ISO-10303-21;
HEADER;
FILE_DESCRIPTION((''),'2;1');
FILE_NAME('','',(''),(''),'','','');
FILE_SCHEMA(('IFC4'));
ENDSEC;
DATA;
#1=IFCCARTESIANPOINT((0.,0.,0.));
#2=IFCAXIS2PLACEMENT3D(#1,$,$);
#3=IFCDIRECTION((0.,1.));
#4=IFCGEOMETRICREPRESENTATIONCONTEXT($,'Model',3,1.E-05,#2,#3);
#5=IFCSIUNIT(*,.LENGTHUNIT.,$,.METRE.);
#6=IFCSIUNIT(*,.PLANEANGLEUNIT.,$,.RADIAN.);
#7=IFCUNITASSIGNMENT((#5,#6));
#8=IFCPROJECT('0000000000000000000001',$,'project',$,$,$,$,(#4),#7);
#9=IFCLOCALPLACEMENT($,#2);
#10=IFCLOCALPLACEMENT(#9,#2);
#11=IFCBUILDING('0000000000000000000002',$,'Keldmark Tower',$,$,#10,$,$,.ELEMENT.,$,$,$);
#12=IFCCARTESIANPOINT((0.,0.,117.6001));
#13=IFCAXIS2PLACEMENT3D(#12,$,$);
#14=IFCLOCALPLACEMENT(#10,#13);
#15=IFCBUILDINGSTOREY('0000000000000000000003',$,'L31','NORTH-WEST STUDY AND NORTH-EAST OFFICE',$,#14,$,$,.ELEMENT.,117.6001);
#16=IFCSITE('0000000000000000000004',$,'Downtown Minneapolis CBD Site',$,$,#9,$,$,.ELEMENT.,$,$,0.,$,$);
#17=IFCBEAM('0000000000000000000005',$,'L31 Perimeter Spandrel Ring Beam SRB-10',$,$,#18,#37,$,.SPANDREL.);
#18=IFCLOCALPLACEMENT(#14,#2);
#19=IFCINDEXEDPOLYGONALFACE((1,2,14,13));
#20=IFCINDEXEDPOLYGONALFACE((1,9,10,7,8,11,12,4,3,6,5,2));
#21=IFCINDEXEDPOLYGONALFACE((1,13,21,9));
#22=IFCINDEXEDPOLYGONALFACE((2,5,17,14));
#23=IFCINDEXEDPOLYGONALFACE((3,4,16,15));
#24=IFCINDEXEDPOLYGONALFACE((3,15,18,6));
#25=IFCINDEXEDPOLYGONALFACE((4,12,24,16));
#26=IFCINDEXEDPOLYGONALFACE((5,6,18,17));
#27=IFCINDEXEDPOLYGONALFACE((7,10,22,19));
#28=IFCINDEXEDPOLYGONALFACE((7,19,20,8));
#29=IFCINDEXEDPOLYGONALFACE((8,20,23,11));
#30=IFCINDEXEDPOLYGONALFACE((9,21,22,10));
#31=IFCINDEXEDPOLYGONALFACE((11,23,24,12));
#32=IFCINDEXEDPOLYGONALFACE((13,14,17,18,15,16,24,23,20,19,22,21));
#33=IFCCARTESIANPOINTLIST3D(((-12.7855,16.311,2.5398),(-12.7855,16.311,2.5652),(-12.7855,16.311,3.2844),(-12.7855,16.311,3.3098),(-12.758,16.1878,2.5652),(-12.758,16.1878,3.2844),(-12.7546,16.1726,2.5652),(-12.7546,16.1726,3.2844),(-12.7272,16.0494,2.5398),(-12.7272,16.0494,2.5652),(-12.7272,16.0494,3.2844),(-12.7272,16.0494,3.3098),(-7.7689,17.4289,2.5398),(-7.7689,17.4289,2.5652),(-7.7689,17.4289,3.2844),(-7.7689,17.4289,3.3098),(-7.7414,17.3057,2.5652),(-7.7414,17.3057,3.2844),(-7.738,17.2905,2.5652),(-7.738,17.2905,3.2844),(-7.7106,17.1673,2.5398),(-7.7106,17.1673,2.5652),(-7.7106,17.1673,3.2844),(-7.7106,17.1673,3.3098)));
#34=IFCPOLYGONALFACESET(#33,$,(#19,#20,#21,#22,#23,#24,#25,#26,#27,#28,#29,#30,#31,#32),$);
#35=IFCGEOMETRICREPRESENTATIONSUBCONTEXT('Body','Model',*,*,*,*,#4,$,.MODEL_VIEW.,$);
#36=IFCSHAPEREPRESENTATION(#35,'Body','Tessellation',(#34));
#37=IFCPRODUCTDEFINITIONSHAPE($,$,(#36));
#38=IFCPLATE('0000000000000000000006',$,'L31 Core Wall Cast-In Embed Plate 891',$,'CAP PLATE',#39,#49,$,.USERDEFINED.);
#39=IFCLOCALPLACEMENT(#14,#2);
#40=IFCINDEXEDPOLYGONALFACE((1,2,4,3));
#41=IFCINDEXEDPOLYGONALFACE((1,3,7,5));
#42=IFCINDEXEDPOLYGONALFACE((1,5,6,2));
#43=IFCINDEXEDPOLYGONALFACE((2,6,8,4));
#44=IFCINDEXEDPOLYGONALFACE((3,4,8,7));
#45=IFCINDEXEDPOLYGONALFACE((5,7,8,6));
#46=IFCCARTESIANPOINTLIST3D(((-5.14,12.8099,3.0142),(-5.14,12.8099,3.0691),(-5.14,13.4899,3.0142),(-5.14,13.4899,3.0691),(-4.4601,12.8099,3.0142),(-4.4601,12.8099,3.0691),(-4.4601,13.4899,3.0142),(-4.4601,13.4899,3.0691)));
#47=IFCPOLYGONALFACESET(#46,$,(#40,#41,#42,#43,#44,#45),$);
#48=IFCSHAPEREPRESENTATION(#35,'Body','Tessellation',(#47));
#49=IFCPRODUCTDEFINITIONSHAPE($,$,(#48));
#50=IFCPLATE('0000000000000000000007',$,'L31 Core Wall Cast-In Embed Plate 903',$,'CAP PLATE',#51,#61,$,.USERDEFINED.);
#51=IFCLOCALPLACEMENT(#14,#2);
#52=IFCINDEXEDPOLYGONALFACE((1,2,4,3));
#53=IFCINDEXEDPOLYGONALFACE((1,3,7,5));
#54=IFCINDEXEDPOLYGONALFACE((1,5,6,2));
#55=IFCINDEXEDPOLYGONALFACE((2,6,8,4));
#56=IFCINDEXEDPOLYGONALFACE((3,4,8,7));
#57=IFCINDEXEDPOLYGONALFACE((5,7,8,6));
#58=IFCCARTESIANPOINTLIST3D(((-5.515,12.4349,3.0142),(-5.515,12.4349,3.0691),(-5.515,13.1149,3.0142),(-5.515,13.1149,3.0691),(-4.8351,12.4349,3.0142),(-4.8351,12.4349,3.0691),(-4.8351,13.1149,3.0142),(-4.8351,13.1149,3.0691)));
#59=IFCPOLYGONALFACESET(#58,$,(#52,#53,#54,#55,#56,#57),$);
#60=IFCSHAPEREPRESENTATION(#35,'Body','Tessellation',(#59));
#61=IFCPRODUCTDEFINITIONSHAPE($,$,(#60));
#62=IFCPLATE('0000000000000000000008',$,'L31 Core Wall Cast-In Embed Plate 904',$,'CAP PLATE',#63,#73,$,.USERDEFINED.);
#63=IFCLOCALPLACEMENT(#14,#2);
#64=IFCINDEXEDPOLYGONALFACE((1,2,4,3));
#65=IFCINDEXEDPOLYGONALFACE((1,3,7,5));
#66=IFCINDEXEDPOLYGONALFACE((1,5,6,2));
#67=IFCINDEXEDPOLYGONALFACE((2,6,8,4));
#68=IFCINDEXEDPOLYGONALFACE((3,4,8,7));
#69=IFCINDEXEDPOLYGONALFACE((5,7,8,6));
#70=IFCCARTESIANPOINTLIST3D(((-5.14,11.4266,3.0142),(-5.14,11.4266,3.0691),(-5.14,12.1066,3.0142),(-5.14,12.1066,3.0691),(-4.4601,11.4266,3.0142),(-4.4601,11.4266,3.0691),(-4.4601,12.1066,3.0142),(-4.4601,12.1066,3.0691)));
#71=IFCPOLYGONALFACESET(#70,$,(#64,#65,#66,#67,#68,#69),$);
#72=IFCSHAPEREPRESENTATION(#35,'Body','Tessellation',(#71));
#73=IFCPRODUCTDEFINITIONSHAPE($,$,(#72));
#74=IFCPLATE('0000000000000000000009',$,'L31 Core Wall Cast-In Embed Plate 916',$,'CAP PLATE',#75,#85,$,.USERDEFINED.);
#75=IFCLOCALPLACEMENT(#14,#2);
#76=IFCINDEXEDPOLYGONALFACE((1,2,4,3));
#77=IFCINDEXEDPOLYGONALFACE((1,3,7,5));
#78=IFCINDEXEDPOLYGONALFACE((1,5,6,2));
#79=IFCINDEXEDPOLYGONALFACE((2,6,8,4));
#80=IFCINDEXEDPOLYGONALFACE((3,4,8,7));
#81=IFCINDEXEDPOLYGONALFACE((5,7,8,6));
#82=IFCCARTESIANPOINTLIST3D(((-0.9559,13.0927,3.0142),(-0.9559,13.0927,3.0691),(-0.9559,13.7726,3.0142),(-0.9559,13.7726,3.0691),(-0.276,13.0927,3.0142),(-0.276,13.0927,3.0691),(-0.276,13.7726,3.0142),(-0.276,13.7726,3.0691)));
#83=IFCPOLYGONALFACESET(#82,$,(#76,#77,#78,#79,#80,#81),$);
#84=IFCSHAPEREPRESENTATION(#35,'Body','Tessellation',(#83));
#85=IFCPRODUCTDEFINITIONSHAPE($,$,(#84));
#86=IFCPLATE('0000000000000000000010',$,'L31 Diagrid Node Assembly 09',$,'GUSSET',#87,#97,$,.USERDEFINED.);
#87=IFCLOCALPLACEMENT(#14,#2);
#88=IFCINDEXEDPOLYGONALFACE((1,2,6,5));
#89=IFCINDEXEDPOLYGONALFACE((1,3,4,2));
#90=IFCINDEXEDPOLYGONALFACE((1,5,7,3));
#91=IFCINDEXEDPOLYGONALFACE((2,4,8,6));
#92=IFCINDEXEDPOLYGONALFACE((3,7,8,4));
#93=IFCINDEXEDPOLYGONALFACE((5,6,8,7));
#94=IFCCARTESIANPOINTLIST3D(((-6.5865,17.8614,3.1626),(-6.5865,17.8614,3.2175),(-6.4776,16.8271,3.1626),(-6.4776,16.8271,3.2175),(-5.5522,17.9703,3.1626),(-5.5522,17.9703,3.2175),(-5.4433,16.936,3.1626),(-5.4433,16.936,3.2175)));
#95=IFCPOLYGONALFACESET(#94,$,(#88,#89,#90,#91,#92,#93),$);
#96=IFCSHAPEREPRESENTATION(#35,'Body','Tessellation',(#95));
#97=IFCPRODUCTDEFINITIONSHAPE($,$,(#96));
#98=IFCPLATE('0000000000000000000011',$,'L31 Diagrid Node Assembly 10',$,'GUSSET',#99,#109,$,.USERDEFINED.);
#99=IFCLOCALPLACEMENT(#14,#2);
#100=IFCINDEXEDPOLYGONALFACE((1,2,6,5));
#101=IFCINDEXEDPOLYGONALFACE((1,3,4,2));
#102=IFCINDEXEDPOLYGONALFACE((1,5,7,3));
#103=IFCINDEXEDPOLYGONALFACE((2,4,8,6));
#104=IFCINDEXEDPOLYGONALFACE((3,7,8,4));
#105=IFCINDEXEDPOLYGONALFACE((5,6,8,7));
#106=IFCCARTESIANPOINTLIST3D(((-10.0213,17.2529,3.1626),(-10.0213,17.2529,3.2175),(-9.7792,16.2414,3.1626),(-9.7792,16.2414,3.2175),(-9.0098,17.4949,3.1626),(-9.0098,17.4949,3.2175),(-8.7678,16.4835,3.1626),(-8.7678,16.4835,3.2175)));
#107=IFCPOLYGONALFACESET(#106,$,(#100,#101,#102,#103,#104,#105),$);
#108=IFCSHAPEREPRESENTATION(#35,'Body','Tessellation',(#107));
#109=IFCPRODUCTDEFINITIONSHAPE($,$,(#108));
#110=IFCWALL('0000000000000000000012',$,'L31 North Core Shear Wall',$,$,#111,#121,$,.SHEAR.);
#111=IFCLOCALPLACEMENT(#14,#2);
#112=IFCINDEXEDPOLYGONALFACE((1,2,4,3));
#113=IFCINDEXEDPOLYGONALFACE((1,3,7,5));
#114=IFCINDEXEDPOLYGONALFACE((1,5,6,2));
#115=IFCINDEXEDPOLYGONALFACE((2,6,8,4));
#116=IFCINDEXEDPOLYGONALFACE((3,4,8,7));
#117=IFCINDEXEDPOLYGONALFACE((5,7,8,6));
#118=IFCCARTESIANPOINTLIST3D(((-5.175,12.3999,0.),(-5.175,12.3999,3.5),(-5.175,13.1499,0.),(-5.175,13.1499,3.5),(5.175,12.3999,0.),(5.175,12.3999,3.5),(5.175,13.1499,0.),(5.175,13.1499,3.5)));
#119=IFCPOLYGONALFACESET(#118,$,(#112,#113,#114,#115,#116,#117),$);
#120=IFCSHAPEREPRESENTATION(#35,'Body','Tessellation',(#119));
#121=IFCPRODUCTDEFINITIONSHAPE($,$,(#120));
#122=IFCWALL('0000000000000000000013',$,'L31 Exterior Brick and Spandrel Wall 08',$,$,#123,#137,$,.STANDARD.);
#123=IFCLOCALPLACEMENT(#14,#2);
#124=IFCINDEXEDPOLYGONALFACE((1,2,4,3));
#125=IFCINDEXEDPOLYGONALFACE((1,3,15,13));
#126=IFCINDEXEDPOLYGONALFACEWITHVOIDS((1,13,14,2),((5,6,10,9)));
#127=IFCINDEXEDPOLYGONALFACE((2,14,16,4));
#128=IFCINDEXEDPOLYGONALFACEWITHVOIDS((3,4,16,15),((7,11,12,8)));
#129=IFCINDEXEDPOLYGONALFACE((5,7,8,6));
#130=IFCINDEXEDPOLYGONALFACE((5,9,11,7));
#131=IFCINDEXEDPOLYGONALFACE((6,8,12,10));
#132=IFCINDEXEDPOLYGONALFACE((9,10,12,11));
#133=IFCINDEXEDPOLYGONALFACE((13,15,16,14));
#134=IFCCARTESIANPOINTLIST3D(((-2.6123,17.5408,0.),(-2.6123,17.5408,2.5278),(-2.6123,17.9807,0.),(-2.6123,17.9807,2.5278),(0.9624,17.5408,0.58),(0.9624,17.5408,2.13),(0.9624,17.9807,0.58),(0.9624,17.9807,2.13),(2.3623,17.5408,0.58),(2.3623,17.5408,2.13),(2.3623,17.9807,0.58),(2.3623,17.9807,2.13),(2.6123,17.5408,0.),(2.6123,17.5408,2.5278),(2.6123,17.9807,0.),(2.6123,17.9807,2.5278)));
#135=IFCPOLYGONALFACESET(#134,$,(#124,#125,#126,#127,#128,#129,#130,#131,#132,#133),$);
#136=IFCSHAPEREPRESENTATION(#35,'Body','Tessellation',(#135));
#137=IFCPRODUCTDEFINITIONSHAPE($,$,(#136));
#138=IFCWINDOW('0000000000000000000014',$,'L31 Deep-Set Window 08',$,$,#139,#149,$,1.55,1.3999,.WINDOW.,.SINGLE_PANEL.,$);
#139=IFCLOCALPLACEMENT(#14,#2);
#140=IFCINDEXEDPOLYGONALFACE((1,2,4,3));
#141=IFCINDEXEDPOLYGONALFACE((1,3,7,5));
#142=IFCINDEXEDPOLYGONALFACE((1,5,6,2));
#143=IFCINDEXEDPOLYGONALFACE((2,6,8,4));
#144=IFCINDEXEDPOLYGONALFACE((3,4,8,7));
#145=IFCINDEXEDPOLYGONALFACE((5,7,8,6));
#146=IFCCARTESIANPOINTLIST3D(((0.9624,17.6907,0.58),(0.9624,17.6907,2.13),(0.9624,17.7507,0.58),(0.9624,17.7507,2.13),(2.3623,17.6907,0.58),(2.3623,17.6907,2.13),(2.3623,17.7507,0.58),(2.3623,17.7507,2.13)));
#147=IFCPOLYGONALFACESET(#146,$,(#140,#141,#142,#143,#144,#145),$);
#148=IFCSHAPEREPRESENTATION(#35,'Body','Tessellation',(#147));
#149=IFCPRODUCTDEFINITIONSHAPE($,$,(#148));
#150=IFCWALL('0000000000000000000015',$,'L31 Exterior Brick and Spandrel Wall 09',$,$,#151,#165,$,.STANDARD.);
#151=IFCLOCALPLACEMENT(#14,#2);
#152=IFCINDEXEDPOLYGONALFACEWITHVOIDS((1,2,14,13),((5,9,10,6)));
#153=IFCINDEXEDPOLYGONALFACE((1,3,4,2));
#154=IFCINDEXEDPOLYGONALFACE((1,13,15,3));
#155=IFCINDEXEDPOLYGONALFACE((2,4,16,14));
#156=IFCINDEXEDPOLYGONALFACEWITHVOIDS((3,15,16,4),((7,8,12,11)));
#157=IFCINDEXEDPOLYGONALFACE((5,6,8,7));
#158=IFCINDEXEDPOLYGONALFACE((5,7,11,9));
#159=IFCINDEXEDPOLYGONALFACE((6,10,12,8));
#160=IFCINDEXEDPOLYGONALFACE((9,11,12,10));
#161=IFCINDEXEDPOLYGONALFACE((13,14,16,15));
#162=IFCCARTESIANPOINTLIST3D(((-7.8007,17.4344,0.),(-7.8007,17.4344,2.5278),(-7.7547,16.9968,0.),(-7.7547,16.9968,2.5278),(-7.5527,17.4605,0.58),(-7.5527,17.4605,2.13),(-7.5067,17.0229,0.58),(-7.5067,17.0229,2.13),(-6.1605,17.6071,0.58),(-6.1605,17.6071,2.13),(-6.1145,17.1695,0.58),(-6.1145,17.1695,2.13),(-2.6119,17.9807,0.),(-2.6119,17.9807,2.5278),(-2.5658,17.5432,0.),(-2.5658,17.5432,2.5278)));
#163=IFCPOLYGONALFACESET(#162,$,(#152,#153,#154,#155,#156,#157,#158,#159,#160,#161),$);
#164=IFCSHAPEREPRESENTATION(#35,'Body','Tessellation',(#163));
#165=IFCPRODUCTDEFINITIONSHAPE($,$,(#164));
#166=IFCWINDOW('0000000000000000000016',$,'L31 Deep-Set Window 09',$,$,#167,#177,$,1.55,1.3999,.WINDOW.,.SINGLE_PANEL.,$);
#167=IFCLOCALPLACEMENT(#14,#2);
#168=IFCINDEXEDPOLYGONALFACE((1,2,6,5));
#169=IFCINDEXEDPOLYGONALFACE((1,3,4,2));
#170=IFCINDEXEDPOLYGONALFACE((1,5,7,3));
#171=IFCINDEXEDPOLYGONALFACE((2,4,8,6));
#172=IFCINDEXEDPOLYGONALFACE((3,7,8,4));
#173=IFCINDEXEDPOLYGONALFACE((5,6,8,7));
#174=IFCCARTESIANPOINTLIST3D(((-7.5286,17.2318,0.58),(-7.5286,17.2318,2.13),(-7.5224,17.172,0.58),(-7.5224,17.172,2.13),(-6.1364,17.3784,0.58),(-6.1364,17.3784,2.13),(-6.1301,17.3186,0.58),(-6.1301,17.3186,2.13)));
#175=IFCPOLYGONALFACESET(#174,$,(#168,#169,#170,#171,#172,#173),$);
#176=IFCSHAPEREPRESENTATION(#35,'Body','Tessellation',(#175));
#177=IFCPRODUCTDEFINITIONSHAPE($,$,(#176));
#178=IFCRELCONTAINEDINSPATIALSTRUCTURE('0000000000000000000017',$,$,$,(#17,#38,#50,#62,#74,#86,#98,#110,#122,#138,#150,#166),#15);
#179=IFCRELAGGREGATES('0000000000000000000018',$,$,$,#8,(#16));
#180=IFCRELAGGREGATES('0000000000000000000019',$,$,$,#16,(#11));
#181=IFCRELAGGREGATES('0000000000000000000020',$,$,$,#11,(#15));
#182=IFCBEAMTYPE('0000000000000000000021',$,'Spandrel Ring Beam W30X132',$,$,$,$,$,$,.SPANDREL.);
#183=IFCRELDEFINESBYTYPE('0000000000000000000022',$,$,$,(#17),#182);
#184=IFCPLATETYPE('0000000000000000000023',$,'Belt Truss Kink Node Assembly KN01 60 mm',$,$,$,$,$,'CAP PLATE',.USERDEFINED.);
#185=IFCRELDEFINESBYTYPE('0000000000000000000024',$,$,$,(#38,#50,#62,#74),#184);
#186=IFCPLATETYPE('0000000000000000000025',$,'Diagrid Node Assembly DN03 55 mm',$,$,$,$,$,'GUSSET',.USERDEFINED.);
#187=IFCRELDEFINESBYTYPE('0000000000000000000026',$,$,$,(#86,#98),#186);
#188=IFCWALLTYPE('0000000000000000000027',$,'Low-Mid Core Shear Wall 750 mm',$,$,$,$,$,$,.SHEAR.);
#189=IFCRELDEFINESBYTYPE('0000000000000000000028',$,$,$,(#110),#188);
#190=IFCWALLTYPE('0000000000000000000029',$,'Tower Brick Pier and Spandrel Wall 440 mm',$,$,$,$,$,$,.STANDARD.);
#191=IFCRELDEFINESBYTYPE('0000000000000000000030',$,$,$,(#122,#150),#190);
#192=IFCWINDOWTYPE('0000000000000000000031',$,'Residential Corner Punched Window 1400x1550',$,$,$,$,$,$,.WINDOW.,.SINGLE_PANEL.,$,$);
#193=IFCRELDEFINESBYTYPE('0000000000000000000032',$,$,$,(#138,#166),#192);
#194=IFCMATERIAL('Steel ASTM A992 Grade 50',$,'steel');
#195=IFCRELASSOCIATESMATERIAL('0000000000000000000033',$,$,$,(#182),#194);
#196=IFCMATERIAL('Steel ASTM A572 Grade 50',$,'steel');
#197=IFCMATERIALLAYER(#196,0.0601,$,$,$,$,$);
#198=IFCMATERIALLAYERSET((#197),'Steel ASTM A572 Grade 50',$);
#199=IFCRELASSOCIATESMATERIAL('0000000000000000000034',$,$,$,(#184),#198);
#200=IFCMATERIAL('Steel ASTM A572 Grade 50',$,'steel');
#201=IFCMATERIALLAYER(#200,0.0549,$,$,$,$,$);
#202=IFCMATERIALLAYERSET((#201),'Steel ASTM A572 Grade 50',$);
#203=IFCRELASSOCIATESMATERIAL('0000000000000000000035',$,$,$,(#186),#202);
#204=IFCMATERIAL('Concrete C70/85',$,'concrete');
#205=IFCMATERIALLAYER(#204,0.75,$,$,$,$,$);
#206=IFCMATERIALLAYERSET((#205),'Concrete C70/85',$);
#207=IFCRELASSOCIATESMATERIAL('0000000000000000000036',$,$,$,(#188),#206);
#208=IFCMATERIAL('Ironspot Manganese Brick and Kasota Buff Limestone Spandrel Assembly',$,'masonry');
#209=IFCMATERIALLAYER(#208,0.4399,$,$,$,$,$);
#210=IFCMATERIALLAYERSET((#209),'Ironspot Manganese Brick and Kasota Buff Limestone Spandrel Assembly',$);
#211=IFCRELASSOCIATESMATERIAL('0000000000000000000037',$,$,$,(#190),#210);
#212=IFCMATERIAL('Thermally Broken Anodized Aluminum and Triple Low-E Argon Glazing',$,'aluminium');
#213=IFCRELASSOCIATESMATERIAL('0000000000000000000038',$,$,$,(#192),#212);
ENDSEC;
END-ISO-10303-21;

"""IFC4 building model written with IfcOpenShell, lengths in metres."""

from ifc_helpers import new_model, si_unit, direction, frame, frame_2d, origin, origin_2d, place, context, subcontext, project, spatial, rectangle, i_section, extrude, material, layer, layer_set, material_profile, profile_set, type_object, element, fill, save


model = new_model("IFC4")

# Units and contexts
model_context = context("Model", 3, precision=1e-05, world=origin(), true_north=direction((0.0, 1.0)))
body_context = subcontext(model_context, "Body", "Model", "MODEL_VIEW")
ifc_project = project(units=[si_unit("LENGTHUNIT", "METRE"), si_unit("PLANEANGLEUNIT", "RADIAN")], contexts=[model_context])

# Site, building, storey
site_placement = place(None, origin())
site = spatial("IfcSite", under=ifc_project, at=site_placement, Name="Downtown Minneapolis CBD Site", CompositionType="ELEMENT", RefElevation=0.0)
building_placement = place(site_placement, origin())
building = spatial("IfcBuilding", under=site, at=building_placement, Name="Keldmark Tower", CompositionType="ELEMENT")
storey_placement = place(building_placement, frame((0.0, 0.0, 117.6001)))
storey = spatial("IfcBuildingStorey", under=building, at=storey_placement, Name="L31", Description="NORTH-WEST STUDY AND NORTH-EAST OFFICE", CompositionType="ELEMENT", Elevation=117.6001)

# Beam
ifc_material_1 = material(Name="Steel ASTM A992 Grade 50", Category="steel")
ifc_material_profile_1 = material_profile(ifc_material_1, i_section(OverallWidth=0.2681, OverallDepth=0.77, WebThickness=0.0156, FlangeThickness=0.0254, at=origin_2d()), Name="W30X132")
ifc_profile_set_1 = profile_set([ifc_material_profile_1], Name="Steel ASTM A992 Grade 50")
beam_type_1 = type_object("IfcBeamType", Name="Spandrel Ring Beam W30X132", PredefinedType="SPANDREL", material=ifc_profile_set_1)
beam_1_placement = place(storey_placement, frame((-7.7397, 17.2981, 2.9248), z_axis=(-0.976058, -0.217509, 0.0), x_axis=(0.217509, -0.976058, 0.0)))
element("IfcBeam", 1, at=beam_1_placement, inside=storey, type_object=beam_type_1, Name="L31 Perimeter Spandrel Ring Beam SRB-10", PredefinedType="SPANDREL", context=body_context, shape_type="SweptSolid", body=[
    extrude(i_section(OverallWidth=0.2681, OverallDepth=0.77, WebThickness=0.0156, FlangeThickness=0.0254, at=origin_2d()), origin(), (0.0, 0.0, 1.0), 5.1396),
])

# Plates
ifc_material_2 = material(Name="Steel ASTM A572 Grade 50", Category="steel")
ifc_layer_1 = layer(ifc_material_2, 0.0601)
ifc_layer_set_1 = layer_set([ifc_layer_1], Name="Steel ASTM A572 Grade 50")
plate_type_1 = type_object("IfcPlateType", Name="Belt Truss Kink Node Assembly KN01 60 mm", ElementType="CAP PLATE", PredefinedType="USERDEFINED", material=ifc_layer_set_1)
for number, where, z_axis, x_axis, name in (
    (2, (-4.8, 13.1499, 3.0142), (0.0, 0.0, 1.0), (1.0, 0.0, 0.0), "L31 Core Wall Cast-In Embed Plate 891"),
    (3, (-5.175, 12.7749, 3.0142), (0.0, 0.0, 1.0), (1.0, 0.0, 0.0), "L31 Core Wall Cast-In Embed Plate 903"),
    (4, (-4.8, 11.7666, 3.0142), (0.0, 0.0, 1.0), (1.0, 0.0, 0.0), "L31 Core Wall Cast-In Embed Plate 904"),
    (5, (-0.616, 13.4326, 3.0142), (0.0, 0.0, 1.0), (1.0, 0.0, 0.0), "L31 Core Wall Cast-In Embed Plate 916"),
):
    element("IfcPlate", number, at=place(storey_placement, frame(where, z_axis=z_axis, x_axis=x_axis)), inside=storey, type_object=plate_type_1, Name=name, ObjectType="CAP PLATE", PredefinedType="USERDEFINED", context=body_context, shape_type="SweptSolid", body=[
        extrude(rectangle(XDim=0.6799, YDim=0.6799, at=origin_2d()), origin(), (0.0, 0.0, 1.0), 0.0549),
    ])
ifc_material_3 = material(Name="Steel ASTM A572 Grade 50", Category="steel")
ifc_layer_2 = layer(ifc_material_3, 0.0549)
ifc_layer_set_2 = layer_set([ifc_layer_2], Name="Steel ASTM A572 Grade 50")
plate_type_2 = type_object("IfcPlateType", Name="Diagrid Node Assembly DN03 55 mm", ElementType="GUSSET", PredefinedType="USERDEFINED", material=ifc_layer_set_2)
for number, where, z_axis, x_axis, name in (
    (6, (-6.0149, 17.3987, 3.1626), (0.0, 0.0, 1.0), (-0.994504, -0.104702, 0.0), "L31 Diagrid Node Assembly 09"),
    (7, (-9.3945, 16.8682, 3.1626), (0.0, 0.0, 1.0), (-0.972533, -0.232766, 0.0), "L31 Diagrid Node Assembly 10"),
):
    element("IfcPlate", number, at=place(storey_placement, frame(where, z_axis=z_axis, x_axis=x_axis)), inside=storey, type_object=plate_type_2, Name=name, ObjectType="GUSSET", PredefinedType="USERDEFINED", context=body_context, shape_type="SweptSolid", body=[
        extrude(rectangle(XDim=1.04, YDim=1.04, at=origin_2d()), origin(), (0.0, 0.0, 1.0), 0.0549),
    ])

# Wall
ifc_material_4 = material(Name="Concrete C70/85", Category="concrete")
ifc_layer_3 = layer(ifc_material_4, 0.75)
ifc_layer_set_3 = layer_set([ifc_layer_3], Name="Concrete C70/85")
wall_type_1 = type_object("IfcWallType", Name="Low-Mid Core Shear Wall 750 mm", PredefinedType="SHEAR", material=ifc_layer_set_3)
wall_1_placement = place(storey_placement, frame((-5.175, 12.7749, 0.0), z_axis=(0.0, 0.0, 1.0), x_axis=(1.0, 0.0, 0.0)))
element("IfcWall", 8, at=wall_1_placement, inside=storey, type_object=wall_type_1, Name="L31 North Core Shear Wall", PredefinedType="SHEAR", context=body_context, shape_type="SweptSolid", body=[
    extrude(rectangle(XDim=10.3501, YDim=0.75, at=frame_2d((5.175, 0.0))), origin(), (0.0, 0.0, 1.0), 3.5),
])

# Walls, openings, windows
ifc_material_5 = material(Name="Ironspot Manganese Brick and Kasota Buff Limestone Spandrel Assembly", Category="masonry")
ifc_layer_4 = layer(ifc_material_5, 0.4399)
ifc_layer_set_4 = layer_set([ifc_layer_4], Name="Ironspot Manganese Brick and Kasota Buff Limestone Spandrel Assembly")
wall_type_2 = type_object("IfcWallType", Name="Tower Brick Pier and Spandrel Wall 440 mm", PredefinedType="STANDARD", material=ifc_layer_set_4)
wall_2_placement = place(storey_placement, frame((-2.6123, 17.7607, 0.0), z_axis=(0.0, 0.0, 1.0), x_axis=(1.0, 0.0, 0.0)))
wall_2 = element("IfcWall", 9, at=wall_2_placement, inside=storey, type_object=wall_type_2, Name="L31 Exterior Brick and Spandrel Wall 08", PredefinedType="STANDARD", context=body_context, shape_type="SweptSolid", body=[
    extrude(rectangle(XDim=5.2246, YDim=0.4399, at=frame_2d((2.6123, 0.0))), origin(), (0.0, 0.0, 1.0), 2.5278),
])
opening_1_placement = place(wall_2_placement, frame((3.5747, 0.0, 0.5801)))
opening_1 = element("IfcOpeningElement", 10, at=opening_1_placement, cuts=wall_2, PredefinedType="OPENING", context=body_context, shape_type="SweptSolid", body=[
    extrude(rectangle(XDim=1.3999, YDim=1.55, at=frame_2d((0.7, 0.7749))), frame((0.0, 0.23, 0.0), z_axis=(0.0, -1.0, 0.0), x_axis=(1.0, 0.0, 0.0)), (0.0, 0.0, 1.0), 0.46),
])
ifc_material_6 = material(Name="Thermally Broken Anodized Aluminum and Triple Low-E Argon Glazing", Category="aluminium")
window_type = type_object("IfcWindowType", Name="Residential Corner Punched Window 1400x1550", PartitioningType="SINGLE_PANEL", PredefinedType="WINDOW", material=ifc_material_6)
window_1_placement = place(opening_1_placement, origin())
window_1 = element("IfcWindow", 11, at=window_1_placement, inside=storey, type_object=window_type, Name="L31 Deep-Set Window 08", OverallHeight=1.55, OverallWidth=1.3999, PartitioningType="SINGLE_PANEL", PredefinedType="WINDOW", context=body_context, shape_type="SweptSolid", body=[
    extrude(rectangle(XDim=1.3999, YDim=1.55, at=frame_2d((0.7, 0.7749))), frame((0.0, -0.01, 0.0), z_axis=(0.0, -1.0, 0.0), x_axis=(1.0, 0.0, 0.0)), (0.0, 0.0, 1.0), 0.0601),
])
fill(opening_1, window_1)
wall_3_placement = place(storey_placement, frame((-7.7778, 17.2156, 0.0), z_axis=(0.0, 0.0, 1.0), x_axis=(0.994501, 0.104724, 0.0)))
wall_3 = element("IfcWall", 12, at=wall_3_placement, inside=storey, type_object=wall_type_2, Name="L31 Exterior Brick and Spandrel Wall 09", PredefinedType="STANDARD", context=body_context, shape_type="SweptSolid", body=[
    extrude(rectangle(XDim=5.2175, YDim=0.4399, at=frame_2d((2.6089, 0.0))), origin(), (0.0, 0.0, 1.0), 2.5278),
])
opening_2_placement = place(wall_3_placement, frame((0.2495, 0.0, 0.5801)))
opening_2 = element("IfcOpeningElement", 13, at=opening_2_placement, cuts=wall_3, PredefinedType="OPENING", context=body_context, shape_type="SweptSolid", body=[
    extrude(rectangle(XDim=1.3999, YDim=1.55, at=frame_2d((0.7, 0.7749))), frame((0.0, 0.23, 0.0), z_axis=(0.0, -1.0, 0.0), x_axis=(1.0, 0.0, 0.0)), (0.0, 0.0, 1.0), 0.46),
])
window_2_placement = place(opening_2_placement, origin())
window_2 = element("IfcWindow", 14, at=window_2_placement, inside=storey, type_object=window_type, Name="L31 Deep-Set Window 09", OverallHeight=1.55, OverallWidth=1.3999, PartitioningType="SINGLE_PANEL", PredefinedType="WINDOW", context=body_context, shape_type="SweptSolid", body=[
    extrude(rectangle(XDim=1.3999, YDim=1.55, at=frame_2d((0.7, 0.7749))), frame((0.0, -0.01, 0.0), z_axis=(0.0, -1.0, 0.0), x_axis=(1.0, 0.0, 0.0)), (0.0, 0.0, 1.0), 0.0601),
])
fill(opening_2, window_2)

save(model, "model.ifc")
